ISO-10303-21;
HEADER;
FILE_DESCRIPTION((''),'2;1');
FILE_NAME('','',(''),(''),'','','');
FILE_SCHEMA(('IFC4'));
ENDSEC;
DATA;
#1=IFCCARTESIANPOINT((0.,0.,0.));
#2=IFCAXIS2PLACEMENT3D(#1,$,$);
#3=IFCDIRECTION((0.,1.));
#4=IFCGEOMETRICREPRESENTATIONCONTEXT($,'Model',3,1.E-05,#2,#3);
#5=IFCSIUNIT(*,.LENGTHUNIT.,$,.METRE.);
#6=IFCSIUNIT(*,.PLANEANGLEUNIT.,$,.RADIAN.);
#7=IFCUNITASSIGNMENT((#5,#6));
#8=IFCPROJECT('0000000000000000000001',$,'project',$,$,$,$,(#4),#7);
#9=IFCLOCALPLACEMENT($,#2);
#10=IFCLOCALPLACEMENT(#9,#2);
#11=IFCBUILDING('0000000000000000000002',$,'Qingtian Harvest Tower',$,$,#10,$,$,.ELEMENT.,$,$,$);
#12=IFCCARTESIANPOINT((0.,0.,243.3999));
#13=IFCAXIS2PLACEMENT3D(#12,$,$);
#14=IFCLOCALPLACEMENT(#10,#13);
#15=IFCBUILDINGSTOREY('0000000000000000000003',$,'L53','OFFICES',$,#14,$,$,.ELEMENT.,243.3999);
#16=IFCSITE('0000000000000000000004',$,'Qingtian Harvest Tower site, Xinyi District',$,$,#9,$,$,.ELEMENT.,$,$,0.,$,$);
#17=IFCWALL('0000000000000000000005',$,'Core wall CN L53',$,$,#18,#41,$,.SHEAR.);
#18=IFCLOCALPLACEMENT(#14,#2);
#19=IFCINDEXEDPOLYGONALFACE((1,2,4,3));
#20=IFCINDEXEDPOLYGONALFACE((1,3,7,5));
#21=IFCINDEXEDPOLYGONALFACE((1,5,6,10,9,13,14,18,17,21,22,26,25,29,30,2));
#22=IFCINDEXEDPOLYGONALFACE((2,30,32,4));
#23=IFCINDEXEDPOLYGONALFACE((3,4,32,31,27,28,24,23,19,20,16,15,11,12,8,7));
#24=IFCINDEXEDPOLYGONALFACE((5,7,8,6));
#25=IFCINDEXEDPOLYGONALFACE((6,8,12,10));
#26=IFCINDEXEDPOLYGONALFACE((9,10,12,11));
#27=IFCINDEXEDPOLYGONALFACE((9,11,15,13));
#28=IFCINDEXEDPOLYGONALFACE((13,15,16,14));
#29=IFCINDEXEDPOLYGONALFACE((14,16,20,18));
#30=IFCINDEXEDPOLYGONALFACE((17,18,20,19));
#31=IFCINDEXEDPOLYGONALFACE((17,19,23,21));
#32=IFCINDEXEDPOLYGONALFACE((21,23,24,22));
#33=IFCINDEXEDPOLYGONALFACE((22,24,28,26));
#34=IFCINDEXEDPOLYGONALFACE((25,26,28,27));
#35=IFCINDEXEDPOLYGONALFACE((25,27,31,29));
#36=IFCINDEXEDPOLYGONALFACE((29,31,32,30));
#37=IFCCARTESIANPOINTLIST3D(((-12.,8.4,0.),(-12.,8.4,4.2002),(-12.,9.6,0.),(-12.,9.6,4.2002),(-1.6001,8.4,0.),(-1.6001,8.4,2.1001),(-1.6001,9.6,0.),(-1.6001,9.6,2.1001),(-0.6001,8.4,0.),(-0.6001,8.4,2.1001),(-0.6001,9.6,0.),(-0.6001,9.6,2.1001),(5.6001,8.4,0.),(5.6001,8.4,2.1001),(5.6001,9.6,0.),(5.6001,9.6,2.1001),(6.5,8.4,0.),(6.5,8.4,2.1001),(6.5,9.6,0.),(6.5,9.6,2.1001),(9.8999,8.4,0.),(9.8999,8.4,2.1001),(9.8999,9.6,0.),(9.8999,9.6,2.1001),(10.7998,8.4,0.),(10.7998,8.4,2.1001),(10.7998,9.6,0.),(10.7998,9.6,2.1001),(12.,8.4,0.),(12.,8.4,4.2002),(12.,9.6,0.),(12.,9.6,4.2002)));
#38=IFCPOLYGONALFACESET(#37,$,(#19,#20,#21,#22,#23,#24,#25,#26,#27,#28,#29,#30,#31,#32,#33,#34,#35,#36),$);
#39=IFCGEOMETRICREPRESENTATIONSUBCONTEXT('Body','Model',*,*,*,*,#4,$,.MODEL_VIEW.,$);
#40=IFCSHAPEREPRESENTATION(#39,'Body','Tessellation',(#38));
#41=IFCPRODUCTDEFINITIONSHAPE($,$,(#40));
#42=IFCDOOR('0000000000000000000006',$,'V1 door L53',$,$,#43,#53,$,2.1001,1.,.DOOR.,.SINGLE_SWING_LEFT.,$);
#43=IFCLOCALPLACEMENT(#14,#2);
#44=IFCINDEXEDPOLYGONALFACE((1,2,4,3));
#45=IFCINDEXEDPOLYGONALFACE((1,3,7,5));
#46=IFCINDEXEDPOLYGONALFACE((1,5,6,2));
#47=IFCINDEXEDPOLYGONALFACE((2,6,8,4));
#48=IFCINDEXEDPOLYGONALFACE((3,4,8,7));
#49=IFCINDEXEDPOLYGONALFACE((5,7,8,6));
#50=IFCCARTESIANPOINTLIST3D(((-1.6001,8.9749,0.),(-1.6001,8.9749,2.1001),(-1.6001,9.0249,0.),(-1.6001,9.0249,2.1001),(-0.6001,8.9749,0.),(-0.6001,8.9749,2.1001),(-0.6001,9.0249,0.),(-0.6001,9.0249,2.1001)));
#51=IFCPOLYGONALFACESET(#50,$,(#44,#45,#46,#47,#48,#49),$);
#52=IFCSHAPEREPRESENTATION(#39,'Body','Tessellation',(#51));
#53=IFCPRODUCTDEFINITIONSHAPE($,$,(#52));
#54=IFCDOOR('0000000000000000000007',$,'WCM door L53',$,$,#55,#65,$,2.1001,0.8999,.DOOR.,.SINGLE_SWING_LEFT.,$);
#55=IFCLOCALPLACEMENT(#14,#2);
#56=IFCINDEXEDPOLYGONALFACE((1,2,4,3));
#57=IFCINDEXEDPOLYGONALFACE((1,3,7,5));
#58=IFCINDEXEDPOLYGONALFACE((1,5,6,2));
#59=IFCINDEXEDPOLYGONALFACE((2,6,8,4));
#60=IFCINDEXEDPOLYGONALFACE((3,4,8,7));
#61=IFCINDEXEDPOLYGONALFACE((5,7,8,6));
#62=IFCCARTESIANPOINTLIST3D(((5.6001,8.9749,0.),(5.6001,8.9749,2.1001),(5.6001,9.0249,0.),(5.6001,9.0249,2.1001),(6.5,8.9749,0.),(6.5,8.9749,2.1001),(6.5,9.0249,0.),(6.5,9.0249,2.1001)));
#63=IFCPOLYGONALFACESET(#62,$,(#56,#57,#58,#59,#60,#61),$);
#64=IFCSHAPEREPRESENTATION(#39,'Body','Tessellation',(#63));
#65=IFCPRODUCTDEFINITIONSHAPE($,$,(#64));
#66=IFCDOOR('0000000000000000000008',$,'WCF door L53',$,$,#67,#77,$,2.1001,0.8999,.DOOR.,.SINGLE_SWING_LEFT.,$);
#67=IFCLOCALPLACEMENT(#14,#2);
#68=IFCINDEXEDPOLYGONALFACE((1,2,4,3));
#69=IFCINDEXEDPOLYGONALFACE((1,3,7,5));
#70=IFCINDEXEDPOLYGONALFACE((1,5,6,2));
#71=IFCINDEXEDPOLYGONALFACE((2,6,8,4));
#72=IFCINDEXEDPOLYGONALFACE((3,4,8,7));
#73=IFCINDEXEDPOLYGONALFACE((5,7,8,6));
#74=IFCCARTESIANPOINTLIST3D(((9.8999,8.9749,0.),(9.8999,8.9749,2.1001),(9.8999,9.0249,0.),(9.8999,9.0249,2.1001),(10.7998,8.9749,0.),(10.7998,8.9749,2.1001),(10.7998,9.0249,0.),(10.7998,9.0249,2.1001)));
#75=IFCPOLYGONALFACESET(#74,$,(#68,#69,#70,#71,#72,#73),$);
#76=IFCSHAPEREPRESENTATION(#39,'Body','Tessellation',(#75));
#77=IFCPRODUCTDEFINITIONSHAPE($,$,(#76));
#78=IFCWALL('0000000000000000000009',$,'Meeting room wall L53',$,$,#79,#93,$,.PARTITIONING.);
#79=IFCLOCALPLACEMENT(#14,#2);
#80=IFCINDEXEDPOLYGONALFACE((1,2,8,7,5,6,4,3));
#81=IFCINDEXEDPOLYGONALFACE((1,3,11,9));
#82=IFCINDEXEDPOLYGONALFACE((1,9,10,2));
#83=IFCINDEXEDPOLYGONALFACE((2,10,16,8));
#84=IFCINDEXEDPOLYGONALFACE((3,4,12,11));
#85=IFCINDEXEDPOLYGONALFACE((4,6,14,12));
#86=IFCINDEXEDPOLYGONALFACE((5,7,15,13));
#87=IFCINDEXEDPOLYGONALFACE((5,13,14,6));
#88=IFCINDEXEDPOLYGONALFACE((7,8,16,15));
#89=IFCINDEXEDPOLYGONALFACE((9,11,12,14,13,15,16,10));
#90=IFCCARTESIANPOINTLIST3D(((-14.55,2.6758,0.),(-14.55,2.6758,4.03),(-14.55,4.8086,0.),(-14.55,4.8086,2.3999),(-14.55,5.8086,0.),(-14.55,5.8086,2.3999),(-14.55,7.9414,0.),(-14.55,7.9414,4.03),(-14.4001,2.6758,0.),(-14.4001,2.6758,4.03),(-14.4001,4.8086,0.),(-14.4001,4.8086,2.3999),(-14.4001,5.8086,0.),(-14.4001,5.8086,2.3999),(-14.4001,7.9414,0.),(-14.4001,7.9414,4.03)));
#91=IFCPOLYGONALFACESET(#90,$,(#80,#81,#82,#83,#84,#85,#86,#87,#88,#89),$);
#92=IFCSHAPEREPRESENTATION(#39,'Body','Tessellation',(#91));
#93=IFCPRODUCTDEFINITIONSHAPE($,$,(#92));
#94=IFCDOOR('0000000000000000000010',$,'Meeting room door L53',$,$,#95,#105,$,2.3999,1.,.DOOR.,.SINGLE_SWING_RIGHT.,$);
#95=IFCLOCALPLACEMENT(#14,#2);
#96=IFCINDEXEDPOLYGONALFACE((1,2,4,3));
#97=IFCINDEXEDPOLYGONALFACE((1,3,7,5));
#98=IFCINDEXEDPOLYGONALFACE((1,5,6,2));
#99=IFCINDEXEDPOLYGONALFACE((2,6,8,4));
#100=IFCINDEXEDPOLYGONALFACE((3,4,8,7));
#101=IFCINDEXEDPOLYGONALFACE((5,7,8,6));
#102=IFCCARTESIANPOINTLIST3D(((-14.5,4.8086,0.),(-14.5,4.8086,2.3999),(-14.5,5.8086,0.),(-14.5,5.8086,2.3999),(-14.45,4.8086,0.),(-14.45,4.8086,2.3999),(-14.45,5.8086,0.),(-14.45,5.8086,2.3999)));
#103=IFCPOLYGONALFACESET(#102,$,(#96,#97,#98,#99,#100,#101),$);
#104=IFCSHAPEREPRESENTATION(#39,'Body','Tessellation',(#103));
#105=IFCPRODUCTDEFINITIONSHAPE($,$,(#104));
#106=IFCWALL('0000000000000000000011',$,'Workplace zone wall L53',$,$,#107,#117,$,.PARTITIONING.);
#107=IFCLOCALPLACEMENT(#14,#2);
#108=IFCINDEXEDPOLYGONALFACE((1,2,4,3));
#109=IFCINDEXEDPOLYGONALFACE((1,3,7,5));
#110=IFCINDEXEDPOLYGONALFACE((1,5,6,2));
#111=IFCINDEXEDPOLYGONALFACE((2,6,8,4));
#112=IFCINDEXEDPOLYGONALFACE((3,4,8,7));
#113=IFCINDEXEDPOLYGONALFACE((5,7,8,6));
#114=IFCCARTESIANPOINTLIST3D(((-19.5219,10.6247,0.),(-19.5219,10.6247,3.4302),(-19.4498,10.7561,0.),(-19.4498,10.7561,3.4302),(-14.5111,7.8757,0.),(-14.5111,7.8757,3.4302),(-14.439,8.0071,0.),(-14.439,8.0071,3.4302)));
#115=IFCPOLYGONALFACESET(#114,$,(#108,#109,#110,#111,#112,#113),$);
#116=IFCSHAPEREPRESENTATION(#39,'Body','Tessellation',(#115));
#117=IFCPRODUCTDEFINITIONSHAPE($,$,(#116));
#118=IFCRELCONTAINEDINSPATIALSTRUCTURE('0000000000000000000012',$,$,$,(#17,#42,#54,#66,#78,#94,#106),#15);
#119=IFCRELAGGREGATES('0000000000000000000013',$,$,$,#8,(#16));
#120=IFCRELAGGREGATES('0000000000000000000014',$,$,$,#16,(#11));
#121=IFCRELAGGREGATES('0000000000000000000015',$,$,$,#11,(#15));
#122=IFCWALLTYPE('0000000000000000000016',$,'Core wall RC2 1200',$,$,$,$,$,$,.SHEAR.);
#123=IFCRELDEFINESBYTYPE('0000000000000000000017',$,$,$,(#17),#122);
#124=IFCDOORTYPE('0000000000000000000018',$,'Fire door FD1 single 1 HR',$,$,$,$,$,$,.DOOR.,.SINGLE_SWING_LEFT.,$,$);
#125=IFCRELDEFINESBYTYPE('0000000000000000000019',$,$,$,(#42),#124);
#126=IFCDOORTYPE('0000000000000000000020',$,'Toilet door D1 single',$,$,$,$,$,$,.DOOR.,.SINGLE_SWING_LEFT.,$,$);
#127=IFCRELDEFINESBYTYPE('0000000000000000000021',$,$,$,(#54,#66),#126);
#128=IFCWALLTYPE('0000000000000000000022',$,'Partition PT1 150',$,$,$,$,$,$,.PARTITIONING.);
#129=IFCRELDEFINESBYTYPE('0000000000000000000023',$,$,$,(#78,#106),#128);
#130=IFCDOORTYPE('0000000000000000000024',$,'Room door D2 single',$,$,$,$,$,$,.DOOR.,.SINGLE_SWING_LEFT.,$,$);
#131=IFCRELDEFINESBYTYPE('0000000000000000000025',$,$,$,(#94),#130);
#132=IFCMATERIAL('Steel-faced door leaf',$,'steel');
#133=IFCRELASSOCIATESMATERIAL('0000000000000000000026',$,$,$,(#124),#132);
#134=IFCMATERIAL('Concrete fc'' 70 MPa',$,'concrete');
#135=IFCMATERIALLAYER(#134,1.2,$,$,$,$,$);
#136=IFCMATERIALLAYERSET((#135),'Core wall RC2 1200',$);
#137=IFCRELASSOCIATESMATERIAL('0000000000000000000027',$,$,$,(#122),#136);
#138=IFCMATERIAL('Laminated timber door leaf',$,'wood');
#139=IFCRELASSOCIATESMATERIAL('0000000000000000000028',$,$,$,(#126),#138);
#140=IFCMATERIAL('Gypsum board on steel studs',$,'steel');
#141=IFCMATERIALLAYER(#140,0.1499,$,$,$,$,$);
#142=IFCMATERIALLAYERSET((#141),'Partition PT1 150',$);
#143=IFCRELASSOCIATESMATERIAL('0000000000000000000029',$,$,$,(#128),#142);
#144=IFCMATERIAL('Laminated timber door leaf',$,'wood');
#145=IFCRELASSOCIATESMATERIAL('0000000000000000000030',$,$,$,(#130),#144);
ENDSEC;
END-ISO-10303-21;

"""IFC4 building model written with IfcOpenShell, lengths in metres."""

from ifc_helpers import new_model, si_unit, direction, frame, frame_2d, origin, place, context, subcontext, project, spatial, rectangle, extrude, material, layer, layer_set, type_object, element, fill, save


model = new_model("IFC4")

# Units and contexts
model_context = context("Model", 3, precision=1e-05, world=origin(), true_north=direction((0.0, 1.0)))
body_context = subcontext(model_context, "Body", "Model", "MODEL_VIEW")
ifc_project = project(units=[si_unit("LENGTHUNIT", "METRE"), si_unit("PLANEANGLEUNIT", "RADIAN")], contexts=[model_context])

# Site, building, storey
site_placement = place(None, origin())
site = spatial("IfcSite", under=ifc_project, at=site_placement, Name="Qingtian Harvest Tower site, Xinyi District", CompositionType="ELEMENT", RefElevation=0.0)
building_placement = place(site_placement, origin())
building = spatial("IfcBuilding", under=site, at=building_placement, Name="Qingtian Harvest Tower", CompositionType="ELEMENT")
storey_placement = place(building_placement, frame((0.0, 0.0, 243.3999)))
storey = spatial("IfcBuildingStorey", under=building, at=storey_placement, Name="L53", Description="OFFICES", CompositionType="ELEMENT", Elevation=243.3999)

# Wall, openings, doors
ifc_material_1 = material(Name="Steel-faced door leaf", Category="steel")
door_type_1 = type_object("IfcDoorType", Name="Fire door FD1 single 1 HR", OperationType="SINGLE_SWING_LEFT", PredefinedType="DOOR", material=ifc_material_1)
ifc_material_2 = material(Name="Concrete fc' 70 MPa", Category="concrete")
ifc_layer_1 = layer(ifc_material_2, 1.2)
ifc_layer_set_1 = layer_set([ifc_layer_1], Name="Core wall RC2 1200")
wall_type_1 = type_object("IfcWallType", Name="Core wall RC2 1200", PredefinedType="SHEAR", material=ifc_layer_set_1)
wall_1_placement = place(storey_placement, frame((-12.0, 9.0, 0.0), z_axis=(0.0, 0.0, 1.0), x_axis=(1.0, 0.0, 0.0)))
wall_1 = element("IfcWall", 1, at=wall_1_placement, inside=storey, type_object=wall_type_1, Name="Core wall CN L53", PredefinedType="SHEAR", context=body_context, shape_type="SweptSolid", body=[
    extrude(rectangle(XDim=24.0, YDim=1.2, at=frame_2d((12.0, 0.0))), origin(), (0.0, 0.0, 1.0), 4.2002),
])
opening_1_placement = place(wall_1_placement, frame((10.3999, 0.0, 0.0)))
opening_1 = element("IfcOpeningElement", 2, at=opening_1_placement, cuts=wall_1, PredefinedType="OPENING", context=body_context, shape_type="SweptSolid", body=[
    extrude(rectangle(XDim=1.0, YDim=2.1001, at=frame_2d((0.5, 1.05))), frame((0.0, 0.6099, 0.0), z_axis=(0.0, -1.0, 0.0), x_axis=(1.0, 0.0, 0.0)), (0.0, 0.0, 1.0), 1.22),
])
opening_2_placement = place(wall_1_placement, frame((17.6001, 0.0, 0.0)))
opening_2 = element("IfcOpeningElement", 3, at=opening_2_placement, cuts=wall_1, PredefinedType="OPENING", context=body_context, shape_type="SweptSolid", body=[
    extrude(rectangle(XDim=0.8999, YDim=2.1001, at=frame_2d((0.45, 1.05))), frame((0.0, 0.6099, 0.0), z_axis=(0.0, -1.0, 0.0), x_axis=(1.0, 0.0, 0.0)), (0.0, 0.0, 1.0), 1.22),
])
opening_3_placement = place(wall_1_placement, frame((21.8999, 0.0, 0.0)))
opening_3 = element("IfcOpeningElement", 4, at=opening_3_placement, cuts=wall_1, PredefinedType="OPENING", context=body_context, shape_type="SweptSolid", body=[
    extrude(rectangle(XDim=0.8999, YDim=2.1001, at=frame_2d((0.45, 1.05))), frame((0.0, 0.6099, 0.0), z_axis=(0.0, -1.0, 0.0), x_axis=(1.0, 0.0, 0.0)), (0.0, 0.0, 1.0), 1.22),
])
door_1_placement = place(opening_1_placement, origin())
door_1 = element("IfcDoor", 5, at=door_1_placement, inside=storey, type_object=door_type_1, Name="V1 door L53", OperationType="SINGLE_SWING_LEFT", OverallHeight=2.1001, OverallWidth=1.0, PredefinedType="DOOR", context=body_context, shape_type="SweptSolid", body=[
    extrude(rectangle(XDim=1.0, YDim=2.1001, at=frame_2d((0.5, 1.05))), frame((0.0, 0.0249, 0.0), z_axis=(0.0, -1.0, 0.0), x_axis=(1.0, 0.0, 0.0)), (0.0, 0.0, 1.0), 0.05),
])
fill(opening_1, door_1)
ifc_material_3 = material(Name="Laminated timber door leaf", Category="wood")
door_type_2 = type_object("IfcDoorType", Name="Toilet door D1 single", OperationType="SINGLE_SWING_LEFT", PredefinedType="DOOR", material=ifc_material_3)
door_2_placement = place(opening_2_placement, origin())
door_2 = element("IfcDoor", 6, at=door_2_placement, inside=storey, type_object=door_type_2, Name="WCM door L53", OperationType="SINGLE_SWING_LEFT", OverallHeight=2.1001, OverallWidth=0.8999, PredefinedType="DOOR", context=body_context, shape_type="SweptSolid", body=[
    extrude(rectangle(XDim=0.8999, YDim=2.1001, at=frame_2d((0.45, 1.05))), frame((0.0, 0.0249, 0.0), z_axis=(0.0, -1.0, 0.0), x_axis=(1.0, 0.0, 0.0)), (0.0, 0.0, 1.0), 0.05),
])
fill(opening_2, door_2)
door_3_placement = place(opening_3_placement, origin())
door_3 = element("IfcDoor", 7, at=door_3_placement, inside=storey, type_object=door_type_2, Name="WCF door L53", OperationType="SINGLE_SWING_LEFT", OverallHeight=2.1001, OverallWidth=0.8999, PredefinedType="DOOR", context=body_context, shape_type="SweptSolid", body=[
    extrude(rectangle(XDim=0.8999, YDim=2.1001, at=frame_2d((0.45, 1.05))), frame((0.0, 0.0249, 0.0), z_axis=(0.0, -1.0, 0.0), x_axis=(1.0, 0.0, 0.0)), (0.0, 0.0, 1.0), 0.05),
])
fill(opening_3, door_3)

# Wall, opening, door
ifc_material_4 = material(Name="Gypsum board on steel studs", Category="steel")
ifc_layer_2 = layer(ifc_material_4, 0.1499)
ifc_layer_set_2 = layer_set([ifc_layer_2], Name="Partition PT1 150")
wall_type_2 = type_object("IfcWallType", Name="Partition PT1 150", PredefinedType="PARTITIONING", material=ifc_layer_set_2)
wall_2_placement = place(storey_placement, frame((-14.4751, 2.6758, 0.0), z_axis=(0.0, 0.0, 1.0), x_axis=(0.0, 1.0, 0.0)))
wall_2 = element("IfcWall", 8, at=wall_2_placement, inside=storey, type_object=wall_type_2, Name="Meeting room wall L53", PredefinedType="PARTITIONING", context=body_context, shape_type="SweptSolid", body=[
    extrude(rectangle(XDim=5.2656, YDim=0.1499, at=frame_2d((2.6328, 0.0))), origin(), (0.0, 0.0, 1.0), 4.03),
])
opening_4_placement = place(wall_2_placement, frame((2.1328, 0.0, 0.0)))
opening_4 = element("IfcOpeningElement", 9, at=opening_4_placement, cuts=wall_2, PredefinedType="OPENING", context=body_context, shape_type="SweptSolid", body=[
    extrude(rectangle(XDim=1.0, YDim=2.3999, at=frame_2d((0.5, 1.2))), frame((0.0, 0.085, 0.0), z_axis=(0.0, -1.0, 0.0), x_axis=(1.0, 0.0, 0.0)), (0.0, 0.0, 1.0), 0.1699),
])
ifc_material_5 = material(Name="Laminated timber door leaf", Category="wood")
door_type_3 = type_object("IfcDoorType", Name="Room door D2 single", OperationType="SINGLE_SWING_LEFT", PredefinedType="DOOR", material=ifc_material_5)
door_4_placement = place(opening_4_placement, origin())
door_4 = element("IfcDoor", 10, at=door_4_placement, inside=storey, type_object=door_type_3, Name="Meeting room door L53", OperationType="SINGLE_SWING_RIGHT", OverallHeight=2.3999, OverallWidth=1.0, PredefinedType="DOOR", context=body_context, shape_type="SweptSolid", body=[
    extrude(rectangle(XDim=1.0, YDim=2.3999, at=frame_2d((0.5, 1.2))), frame((0.0, 0.0249, 0.0), z_axis=(0.0, -1.0, 0.0), x_axis=(1.0, 0.0, 0.0)), (0.0, 0.0, 1.0), 0.05),
])
fill(opening_4, door_4)

# Wall
wall_3_placement = place(storey_placement, frame((-19.4858, 10.6904, 0.0), z_axis=(0.0, 0.0, 1.0), x_axis=(0.876724, -0.480994, 0.0)))
element("IfcWall", 11, at=wall_3_placement, inside=storey, type_object=wall_type_2, Name="Workplace zone wall L53", PredefinedType="PARTITIONING", context=body_context, shape_type="SweptSolid", body=[
    extrude(rectangle(XDim=5.7153, YDim=0.1499, at=frame_2d((2.8577, 0.0))), origin(), (0.0, 0.0, 1.0), 3.4302),
])

save(model, "model.ifc")
